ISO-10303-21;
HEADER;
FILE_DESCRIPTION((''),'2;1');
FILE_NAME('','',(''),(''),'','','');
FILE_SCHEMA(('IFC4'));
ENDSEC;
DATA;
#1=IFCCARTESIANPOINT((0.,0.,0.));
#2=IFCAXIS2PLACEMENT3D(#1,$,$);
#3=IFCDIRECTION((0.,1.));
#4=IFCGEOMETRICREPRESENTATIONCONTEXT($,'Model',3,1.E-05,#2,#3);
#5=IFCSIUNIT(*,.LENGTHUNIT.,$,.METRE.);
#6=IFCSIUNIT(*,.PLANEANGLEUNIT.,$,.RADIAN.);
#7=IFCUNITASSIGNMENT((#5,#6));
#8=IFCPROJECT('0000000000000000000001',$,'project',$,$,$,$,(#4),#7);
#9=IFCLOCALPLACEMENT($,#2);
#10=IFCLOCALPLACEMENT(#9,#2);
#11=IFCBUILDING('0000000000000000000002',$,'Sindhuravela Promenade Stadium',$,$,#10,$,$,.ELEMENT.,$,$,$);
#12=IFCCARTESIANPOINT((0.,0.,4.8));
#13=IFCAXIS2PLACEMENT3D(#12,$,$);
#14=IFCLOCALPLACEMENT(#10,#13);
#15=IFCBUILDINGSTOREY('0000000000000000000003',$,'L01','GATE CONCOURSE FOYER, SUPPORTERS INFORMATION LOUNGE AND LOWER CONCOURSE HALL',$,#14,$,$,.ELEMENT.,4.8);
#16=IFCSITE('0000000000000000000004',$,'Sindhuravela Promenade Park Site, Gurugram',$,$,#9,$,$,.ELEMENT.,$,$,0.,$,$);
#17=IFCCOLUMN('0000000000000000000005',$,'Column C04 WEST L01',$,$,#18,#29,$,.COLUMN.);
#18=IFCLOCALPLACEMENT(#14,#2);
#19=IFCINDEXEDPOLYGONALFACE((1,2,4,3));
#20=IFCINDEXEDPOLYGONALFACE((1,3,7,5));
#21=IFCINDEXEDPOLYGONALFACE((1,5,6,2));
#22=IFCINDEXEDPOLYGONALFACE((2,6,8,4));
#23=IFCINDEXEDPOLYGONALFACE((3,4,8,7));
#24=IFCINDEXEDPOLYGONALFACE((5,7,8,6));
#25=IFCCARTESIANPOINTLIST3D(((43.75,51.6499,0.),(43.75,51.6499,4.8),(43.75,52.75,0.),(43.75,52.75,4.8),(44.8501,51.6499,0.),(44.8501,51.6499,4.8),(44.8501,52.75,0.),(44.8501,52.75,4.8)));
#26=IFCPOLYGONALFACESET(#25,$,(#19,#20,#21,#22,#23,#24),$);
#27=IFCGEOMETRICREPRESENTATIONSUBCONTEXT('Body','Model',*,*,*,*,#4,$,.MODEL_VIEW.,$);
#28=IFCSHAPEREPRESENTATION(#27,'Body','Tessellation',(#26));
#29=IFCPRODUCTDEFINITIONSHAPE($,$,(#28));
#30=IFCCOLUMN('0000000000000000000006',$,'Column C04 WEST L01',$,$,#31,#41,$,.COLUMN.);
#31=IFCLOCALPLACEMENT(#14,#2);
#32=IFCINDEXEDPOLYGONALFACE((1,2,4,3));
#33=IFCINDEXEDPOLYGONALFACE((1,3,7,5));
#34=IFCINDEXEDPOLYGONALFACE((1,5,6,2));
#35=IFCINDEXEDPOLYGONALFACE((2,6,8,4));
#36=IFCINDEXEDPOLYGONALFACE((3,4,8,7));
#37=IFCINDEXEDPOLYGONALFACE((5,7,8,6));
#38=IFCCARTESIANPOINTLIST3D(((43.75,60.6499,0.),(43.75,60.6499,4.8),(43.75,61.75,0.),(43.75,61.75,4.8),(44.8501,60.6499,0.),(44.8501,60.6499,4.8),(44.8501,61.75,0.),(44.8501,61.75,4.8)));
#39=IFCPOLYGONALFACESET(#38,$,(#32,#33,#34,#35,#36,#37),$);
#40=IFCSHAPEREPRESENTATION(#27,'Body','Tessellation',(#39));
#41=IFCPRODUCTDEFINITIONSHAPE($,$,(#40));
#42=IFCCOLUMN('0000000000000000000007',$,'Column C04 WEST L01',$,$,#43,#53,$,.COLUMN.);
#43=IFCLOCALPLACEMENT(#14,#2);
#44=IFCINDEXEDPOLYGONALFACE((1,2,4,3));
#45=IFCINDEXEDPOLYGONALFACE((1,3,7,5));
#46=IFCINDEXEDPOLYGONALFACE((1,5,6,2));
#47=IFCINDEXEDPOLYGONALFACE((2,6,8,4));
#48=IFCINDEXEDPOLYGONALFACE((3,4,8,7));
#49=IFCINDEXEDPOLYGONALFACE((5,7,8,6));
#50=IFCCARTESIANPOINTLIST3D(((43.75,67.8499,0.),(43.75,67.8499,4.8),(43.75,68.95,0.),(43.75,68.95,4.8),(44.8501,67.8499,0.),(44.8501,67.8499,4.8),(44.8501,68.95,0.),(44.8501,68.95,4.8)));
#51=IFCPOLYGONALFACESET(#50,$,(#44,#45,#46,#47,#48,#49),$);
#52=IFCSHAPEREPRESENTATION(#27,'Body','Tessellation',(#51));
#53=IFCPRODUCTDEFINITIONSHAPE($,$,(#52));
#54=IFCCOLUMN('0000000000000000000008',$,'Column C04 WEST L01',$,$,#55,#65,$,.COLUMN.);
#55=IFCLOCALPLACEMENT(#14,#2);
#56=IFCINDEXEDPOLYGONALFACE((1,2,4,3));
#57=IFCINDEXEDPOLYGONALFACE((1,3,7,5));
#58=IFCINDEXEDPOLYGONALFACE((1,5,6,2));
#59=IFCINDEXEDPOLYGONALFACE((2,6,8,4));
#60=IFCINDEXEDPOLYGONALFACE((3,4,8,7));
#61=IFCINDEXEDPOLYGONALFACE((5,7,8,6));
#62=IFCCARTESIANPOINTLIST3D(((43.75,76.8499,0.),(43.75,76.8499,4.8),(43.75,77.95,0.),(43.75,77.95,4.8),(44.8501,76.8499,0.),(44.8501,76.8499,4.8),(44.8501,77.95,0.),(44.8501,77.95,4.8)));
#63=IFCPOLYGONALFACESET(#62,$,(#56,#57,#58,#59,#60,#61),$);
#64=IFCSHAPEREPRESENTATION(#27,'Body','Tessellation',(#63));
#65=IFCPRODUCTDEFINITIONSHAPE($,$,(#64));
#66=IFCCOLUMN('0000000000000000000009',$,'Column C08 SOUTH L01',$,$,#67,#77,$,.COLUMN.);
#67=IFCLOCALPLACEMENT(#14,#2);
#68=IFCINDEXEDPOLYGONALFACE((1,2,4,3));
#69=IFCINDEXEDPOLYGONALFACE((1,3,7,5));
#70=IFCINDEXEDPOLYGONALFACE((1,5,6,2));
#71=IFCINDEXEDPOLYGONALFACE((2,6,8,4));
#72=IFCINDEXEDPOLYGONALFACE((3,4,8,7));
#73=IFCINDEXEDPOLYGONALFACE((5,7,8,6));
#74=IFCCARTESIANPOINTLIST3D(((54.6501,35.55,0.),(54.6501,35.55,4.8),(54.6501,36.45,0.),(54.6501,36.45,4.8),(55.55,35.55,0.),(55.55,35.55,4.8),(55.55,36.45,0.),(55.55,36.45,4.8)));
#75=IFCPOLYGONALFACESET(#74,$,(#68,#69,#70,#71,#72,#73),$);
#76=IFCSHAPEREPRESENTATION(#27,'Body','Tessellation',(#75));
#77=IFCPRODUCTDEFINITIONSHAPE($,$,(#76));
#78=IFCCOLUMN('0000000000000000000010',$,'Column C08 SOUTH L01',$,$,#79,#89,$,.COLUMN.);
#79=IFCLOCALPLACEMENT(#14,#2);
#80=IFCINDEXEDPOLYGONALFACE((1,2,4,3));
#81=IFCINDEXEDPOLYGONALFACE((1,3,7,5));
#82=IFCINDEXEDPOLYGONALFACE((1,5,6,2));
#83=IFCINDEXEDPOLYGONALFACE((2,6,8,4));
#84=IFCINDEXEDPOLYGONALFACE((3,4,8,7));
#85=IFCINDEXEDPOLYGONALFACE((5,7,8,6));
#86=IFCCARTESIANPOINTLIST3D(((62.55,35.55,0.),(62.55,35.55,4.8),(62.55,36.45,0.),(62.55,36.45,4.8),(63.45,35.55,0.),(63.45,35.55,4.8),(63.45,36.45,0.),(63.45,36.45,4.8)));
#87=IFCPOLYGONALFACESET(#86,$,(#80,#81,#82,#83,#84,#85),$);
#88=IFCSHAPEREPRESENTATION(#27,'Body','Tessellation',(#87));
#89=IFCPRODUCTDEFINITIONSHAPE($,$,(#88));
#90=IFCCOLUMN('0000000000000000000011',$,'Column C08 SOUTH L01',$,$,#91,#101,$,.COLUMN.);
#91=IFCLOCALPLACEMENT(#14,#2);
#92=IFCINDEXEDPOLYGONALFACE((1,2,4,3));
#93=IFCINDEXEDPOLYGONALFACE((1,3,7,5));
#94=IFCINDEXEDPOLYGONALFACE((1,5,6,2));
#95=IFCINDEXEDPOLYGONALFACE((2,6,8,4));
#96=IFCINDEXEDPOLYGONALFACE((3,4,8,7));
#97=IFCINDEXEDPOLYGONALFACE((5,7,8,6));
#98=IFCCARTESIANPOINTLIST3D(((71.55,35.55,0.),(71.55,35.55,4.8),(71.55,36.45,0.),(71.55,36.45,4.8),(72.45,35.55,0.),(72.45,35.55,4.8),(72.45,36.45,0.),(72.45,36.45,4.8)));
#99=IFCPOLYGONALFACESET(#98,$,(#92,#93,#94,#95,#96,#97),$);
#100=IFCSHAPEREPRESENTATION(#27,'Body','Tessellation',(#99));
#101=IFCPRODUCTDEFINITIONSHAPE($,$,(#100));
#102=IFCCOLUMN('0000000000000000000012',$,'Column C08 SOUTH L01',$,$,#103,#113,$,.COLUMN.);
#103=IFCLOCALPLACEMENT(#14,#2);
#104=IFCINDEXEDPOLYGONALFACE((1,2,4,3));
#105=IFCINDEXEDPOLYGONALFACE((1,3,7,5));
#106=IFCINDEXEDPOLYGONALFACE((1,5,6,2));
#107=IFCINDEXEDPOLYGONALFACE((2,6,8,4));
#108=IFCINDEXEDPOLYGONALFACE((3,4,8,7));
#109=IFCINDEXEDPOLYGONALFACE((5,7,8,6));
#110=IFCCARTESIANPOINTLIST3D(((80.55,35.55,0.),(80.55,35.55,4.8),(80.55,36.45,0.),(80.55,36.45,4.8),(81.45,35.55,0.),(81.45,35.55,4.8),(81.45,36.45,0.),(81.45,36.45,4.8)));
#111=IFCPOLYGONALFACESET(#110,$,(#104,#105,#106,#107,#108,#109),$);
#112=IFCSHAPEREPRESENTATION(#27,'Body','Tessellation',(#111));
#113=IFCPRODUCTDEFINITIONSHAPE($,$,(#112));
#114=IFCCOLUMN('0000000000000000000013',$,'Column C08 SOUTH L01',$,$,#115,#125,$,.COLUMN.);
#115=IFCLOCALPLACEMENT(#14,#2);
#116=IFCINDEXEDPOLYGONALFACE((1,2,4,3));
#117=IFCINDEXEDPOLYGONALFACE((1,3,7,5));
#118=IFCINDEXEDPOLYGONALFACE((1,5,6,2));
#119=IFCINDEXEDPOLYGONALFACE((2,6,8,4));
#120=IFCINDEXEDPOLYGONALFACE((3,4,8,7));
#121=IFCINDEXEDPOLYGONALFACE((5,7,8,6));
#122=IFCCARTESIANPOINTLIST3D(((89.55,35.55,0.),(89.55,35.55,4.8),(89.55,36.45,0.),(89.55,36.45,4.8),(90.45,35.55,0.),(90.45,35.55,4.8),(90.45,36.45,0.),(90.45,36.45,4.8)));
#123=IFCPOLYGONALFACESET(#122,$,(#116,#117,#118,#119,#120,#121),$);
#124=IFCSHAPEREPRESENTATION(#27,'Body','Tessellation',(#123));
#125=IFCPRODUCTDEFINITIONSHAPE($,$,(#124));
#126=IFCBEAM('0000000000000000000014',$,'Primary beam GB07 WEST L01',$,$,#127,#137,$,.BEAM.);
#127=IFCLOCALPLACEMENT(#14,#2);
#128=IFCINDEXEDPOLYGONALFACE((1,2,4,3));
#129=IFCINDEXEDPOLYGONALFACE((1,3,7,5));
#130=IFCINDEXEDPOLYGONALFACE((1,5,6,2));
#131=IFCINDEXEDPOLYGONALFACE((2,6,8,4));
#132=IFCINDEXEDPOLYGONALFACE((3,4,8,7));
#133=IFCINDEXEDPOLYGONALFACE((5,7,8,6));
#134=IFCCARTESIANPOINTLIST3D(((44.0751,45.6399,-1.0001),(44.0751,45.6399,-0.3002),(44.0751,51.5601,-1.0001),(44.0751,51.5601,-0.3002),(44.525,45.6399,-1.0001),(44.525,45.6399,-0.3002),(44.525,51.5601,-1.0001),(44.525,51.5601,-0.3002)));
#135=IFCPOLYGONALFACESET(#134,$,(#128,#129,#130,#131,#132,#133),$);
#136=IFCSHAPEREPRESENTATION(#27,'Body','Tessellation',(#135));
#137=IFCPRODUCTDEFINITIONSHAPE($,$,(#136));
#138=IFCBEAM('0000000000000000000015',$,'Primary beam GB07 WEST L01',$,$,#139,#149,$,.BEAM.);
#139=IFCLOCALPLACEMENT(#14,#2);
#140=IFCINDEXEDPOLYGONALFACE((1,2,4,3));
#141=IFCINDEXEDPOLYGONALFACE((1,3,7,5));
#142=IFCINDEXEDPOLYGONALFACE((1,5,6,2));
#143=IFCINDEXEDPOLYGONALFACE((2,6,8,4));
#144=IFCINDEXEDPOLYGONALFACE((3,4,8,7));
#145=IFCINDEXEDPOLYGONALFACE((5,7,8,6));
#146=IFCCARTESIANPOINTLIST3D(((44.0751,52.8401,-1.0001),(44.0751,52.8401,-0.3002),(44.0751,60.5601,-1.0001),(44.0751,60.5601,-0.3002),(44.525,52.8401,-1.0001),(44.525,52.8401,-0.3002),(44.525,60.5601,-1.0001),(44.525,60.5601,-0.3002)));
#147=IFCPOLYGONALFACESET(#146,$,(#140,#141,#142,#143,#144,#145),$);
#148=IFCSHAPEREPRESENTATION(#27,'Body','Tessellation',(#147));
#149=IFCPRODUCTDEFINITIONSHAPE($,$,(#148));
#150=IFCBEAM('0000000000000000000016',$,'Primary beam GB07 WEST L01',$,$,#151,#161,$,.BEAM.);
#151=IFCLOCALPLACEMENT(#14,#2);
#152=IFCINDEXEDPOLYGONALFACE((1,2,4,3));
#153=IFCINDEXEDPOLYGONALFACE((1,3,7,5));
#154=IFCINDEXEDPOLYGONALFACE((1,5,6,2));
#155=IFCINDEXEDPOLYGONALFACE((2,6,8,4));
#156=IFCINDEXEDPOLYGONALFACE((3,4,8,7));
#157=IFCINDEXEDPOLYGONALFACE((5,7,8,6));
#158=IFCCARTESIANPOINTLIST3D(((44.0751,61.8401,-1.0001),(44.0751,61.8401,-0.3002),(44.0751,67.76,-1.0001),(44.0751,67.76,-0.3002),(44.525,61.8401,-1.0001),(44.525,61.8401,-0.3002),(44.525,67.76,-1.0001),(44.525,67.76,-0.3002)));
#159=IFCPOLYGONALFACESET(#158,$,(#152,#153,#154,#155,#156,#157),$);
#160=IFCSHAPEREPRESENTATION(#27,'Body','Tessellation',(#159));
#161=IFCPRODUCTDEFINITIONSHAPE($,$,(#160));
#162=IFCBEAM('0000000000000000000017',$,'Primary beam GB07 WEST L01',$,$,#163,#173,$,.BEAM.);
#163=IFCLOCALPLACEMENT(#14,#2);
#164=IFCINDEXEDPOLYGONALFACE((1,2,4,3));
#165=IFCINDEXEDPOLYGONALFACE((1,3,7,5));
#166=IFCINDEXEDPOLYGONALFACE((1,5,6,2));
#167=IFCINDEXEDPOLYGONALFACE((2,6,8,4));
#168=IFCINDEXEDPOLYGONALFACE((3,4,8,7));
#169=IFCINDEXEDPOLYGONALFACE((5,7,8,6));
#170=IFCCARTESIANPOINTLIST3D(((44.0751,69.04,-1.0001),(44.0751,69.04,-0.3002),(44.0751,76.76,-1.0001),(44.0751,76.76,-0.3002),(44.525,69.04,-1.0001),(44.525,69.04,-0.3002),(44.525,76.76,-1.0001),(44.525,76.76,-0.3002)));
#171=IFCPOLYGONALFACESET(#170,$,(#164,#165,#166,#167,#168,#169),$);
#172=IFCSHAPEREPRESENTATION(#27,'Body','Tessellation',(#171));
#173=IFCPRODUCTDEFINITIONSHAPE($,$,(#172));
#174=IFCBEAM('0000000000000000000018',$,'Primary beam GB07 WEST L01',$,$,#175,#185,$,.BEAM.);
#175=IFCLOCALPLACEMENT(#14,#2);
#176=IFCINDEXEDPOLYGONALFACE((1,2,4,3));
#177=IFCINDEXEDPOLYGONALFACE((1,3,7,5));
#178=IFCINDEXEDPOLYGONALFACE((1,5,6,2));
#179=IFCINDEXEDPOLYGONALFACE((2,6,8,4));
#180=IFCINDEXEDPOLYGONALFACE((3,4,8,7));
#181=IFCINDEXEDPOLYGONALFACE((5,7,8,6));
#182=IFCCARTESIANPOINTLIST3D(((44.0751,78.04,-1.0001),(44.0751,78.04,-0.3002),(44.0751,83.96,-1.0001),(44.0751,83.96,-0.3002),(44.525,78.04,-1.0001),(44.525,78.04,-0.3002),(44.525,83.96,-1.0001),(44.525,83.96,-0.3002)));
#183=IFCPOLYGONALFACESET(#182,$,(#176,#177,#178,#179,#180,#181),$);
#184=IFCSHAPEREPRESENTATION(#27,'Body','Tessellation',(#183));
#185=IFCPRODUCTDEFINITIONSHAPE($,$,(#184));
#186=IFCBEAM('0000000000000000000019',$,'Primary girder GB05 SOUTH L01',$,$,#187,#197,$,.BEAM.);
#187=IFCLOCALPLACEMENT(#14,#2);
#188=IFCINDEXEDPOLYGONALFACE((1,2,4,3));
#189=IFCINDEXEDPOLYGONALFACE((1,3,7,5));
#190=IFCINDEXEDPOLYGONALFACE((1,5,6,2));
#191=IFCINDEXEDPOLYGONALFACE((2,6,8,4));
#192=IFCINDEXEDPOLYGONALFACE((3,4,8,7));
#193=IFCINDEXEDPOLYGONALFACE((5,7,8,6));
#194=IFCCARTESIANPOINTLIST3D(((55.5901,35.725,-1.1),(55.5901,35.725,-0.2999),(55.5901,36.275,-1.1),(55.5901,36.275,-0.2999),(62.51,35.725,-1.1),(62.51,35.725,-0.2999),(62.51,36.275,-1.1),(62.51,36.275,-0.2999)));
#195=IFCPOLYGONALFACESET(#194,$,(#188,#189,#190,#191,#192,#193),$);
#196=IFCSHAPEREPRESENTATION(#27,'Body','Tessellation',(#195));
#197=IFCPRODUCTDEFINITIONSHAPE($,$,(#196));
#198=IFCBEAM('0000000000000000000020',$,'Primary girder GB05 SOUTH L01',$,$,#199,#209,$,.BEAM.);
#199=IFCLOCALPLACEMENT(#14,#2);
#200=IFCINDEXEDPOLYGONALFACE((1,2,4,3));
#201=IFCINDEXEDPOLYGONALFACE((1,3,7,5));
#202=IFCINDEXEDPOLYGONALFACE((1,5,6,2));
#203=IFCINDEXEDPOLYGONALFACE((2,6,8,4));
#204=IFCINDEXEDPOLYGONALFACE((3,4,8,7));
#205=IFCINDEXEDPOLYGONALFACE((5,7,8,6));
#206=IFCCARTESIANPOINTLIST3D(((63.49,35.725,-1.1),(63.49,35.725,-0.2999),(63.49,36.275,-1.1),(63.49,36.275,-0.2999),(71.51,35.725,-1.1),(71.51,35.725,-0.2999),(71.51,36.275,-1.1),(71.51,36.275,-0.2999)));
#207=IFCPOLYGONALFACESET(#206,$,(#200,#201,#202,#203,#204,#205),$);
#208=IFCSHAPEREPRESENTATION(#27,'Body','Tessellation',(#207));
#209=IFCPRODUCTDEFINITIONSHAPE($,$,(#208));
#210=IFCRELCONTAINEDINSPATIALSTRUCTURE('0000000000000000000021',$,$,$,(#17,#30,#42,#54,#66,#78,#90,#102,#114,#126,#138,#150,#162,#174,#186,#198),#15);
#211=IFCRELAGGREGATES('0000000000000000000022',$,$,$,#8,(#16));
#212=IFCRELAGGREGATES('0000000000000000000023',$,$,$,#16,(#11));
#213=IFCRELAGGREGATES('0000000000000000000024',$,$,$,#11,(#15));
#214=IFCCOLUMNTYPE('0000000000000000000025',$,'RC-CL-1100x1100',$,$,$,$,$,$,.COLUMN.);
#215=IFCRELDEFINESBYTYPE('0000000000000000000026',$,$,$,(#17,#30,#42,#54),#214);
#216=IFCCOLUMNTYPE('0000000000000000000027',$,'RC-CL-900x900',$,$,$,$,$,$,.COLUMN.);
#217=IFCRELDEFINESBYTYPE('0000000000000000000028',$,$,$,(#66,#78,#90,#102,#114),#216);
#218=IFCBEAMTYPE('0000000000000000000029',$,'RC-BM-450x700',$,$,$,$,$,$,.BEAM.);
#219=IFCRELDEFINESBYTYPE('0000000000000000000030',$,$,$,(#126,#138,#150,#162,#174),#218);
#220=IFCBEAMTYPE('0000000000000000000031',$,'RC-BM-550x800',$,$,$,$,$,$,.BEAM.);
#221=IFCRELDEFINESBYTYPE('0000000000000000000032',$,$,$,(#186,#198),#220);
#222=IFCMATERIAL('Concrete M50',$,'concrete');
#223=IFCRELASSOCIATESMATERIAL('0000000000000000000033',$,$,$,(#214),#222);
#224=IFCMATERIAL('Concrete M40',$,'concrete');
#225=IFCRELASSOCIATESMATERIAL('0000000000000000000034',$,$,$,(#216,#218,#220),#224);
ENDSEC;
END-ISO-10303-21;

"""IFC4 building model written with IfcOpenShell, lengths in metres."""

from ifc_helpers import new_model, si_unit, direction, frame, origin, origin_2d, place, context, subcontext, project, spatial, rectangle, extrude, material, material_profile, profile_set, type_object, element, save


model = new_model("IFC4")

# Units and contexts
model_context = context("Model", 3, precision=1e-05, world=origin(), true_north=direction((0.0, 1.0)))
body_context = subcontext(model_context, "Body", "Model", "MODEL_VIEW")
ifc_project = project(units=[si_unit("LENGTHUNIT", "METRE"), si_unit("PLANEANGLEUNIT", "RADIAN")], contexts=[model_context])

# Site, building, storey
site_placement = place(None, origin())
site = spatial("IfcSite", under=ifc_project, at=site_placement, Name="Sindhuravela Promenade Park Site, Gurugram", CompositionType="ELEMENT", RefElevation=0.0)
building_placement = place(site_placement, origin())
building = spatial("IfcBuilding", under=site, at=building_placement, Name="Sindhuravela Promenade Stadium", CompositionType="ELEMENT")
storey_placement = place(building_placement, frame((0.0, 0.0, 4.8)))
storey = spatial("IfcBuildingStorey", under=building, at=storey_placement, Name="L01", Description="GATE CONCOURSE FOYER, SUPPORTERS INFORMATION LOUNGE AND LOWER CONCOURSE HALL", CompositionType="ELEMENT", Elevation=4.8)

# Columns
ifc_material_1 = material(Name="Concrete M50", Category="concrete")
ifc_material_profile_1 = material_profile(ifc_material_1, rectangle(XDim=1.1001, YDim=1.1001, at=origin_2d()), Name="RC 1100x1100")
ifc_profile_set_1 = profile_set([ifc_material_profile_1], Name="Concrete M50")
column_type_1 = type_object("IfcColumnType", Name="RC-CL-1100x1100", PredefinedType="COLUMN", material=ifc_profile_set_1)
for number, where, z_axis, x_axis, name in (
    (1, (44.3, 52.2, 0.0), (0.0, 0.0, 1.0), (1.0, 0.0, 0.0), "Column C04 WEST L01"),
    (2, (44.3, 61.2, 0.0), (0.0, 0.0, 1.0), (1.0, 0.0, 0.0), "Column C04 WEST L01"),
    (3, (44.3, 68.3999, 0.0), (0.0, 0.0, 1.0), (1.0, 0.0, 0.0), "Column C04 WEST L01"),
    (4, (44.3, 77.3999, 0.0), (0.0, 0.0, 1.0), (1.0, 0.0, 0.0), "Column C04 WEST L01"),
):
    element("IfcColumn", number, at=place(storey_placement, frame(where, z_axis=z_axis, x_axis=x_axis)), inside=storey, type_object=column_type_1, Name=name, PredefinedType="COLUMN", context=body_context, shape_type="SweptSolid", body=[
        extrude(rectangle(XDim=1.1001, YDim=1.1001, at=origin_2d()), origin(), (0.0, 0.0, 1.0), 4.8),
    ])
ifc_material_2 = material(Name="Concrete M40", Category="concrete")
ifc_material_profile_2 = material_profile(ifc_material_2, rectangle(XDim=0.8999, YDim=0.8999, at=origin_2d()), Name="RC 900x900")
ifc_profile_set_2 = profile_set([ifc_material_profile_2], Name="Concrete M40")
column_type_2 = type_object("IfcColumnType", Name="RC-CL-900x900", PredefinedType="COLUMN", material=ifc_profile_set_2)
for number, where, z_axis, x_axis, name in (
    (5, (55.1001, 36.0, 0.0), (0.0, 0.0, 1.0), (1.0, 0.0, 0.0), "Column C08 SOUTH L01"),
    (6, (63.0, 36.0, 0.0), (0.0, 0.0, 1.0), (1.0, 0.0, 0.0), "Column C08 SOUTH L01"),
    (7, (72.0, 36.0, 0.0), (0.0, 0.0, 1.0), (1.0, 0.0, 0.0), "Column C08 SOUTH L01"),
    (8, (81.0, 36.0, 0.0), (0.0, 0.0, 1.0), (1.0, 0.0, 0.0), "Column C08 SOUTH L01"),
    (9, (90.0, 36.0, 0.0), (0.0, 0.0, 1.0), (1.0, 0.0, 0.0), "Column C08 SOUTH L01"),
):
    element("IfcColumn", number, at=place(storey_placement, frame(where, z_axis=z_axis, x_axis=x_axis)), inside=storey, type_object=column_type_2, Name=name, PredefinedType="COLUMN", context=body_context, shape_type="SweptSolid", body=[
        extrude(rectangle(XDim=0.8999, YDim=0.8999, at=origin_2d()), origin(), (0.0, 0.0, 1.0), 4.8),
    ])

# Beams
ifc_material_profile_3 = material_profile(ifc_material_2, rectangle(XDim=0.45, YDim=0.7, at=origin_2d()), Name="RC 450x700")
ifc_profile_set_3 = profile_set([ifc_material_profile_3], Name="Concrete M40")
beam_type_1 = type_object("IfcBeamType", Name="RC-BM-450x700", PredefinedType="BEAM", material=ifc_profile_set_3)
beam_1_placement = place(storey_placement, frame((44.3, 45.6399, -0.6501), z_axis=(0.0, 1.0, 0.0), x_axis=(-1.0, 0.0, 0.0)))
element("IfcBeam", 10, at=beam_1_placement, inside=storey, type_object=beam_type_1, Name="Primary beam GB07 WEST L01", PredefinedType="BEAM", context=body_context, shape_type="SweptSolid", body=[
    extrude(rectangle(XDim=0.45, YDim=0.7, at=origin_2d()), origin(), (0.0, 0.0, 1.0), 5.9202),
])
beam_2_placement = place(storey_placement, frame((44.3, 52.8401, -0.6501), z_axis=(0.0, 1.0, 0.0), x_axis=(-1.0, 0.0, 0.0)))
element("IfcBeam", 11, at=beam_2_placement, inside=storey, type_object=beam_type_1, Name="Primary beam GB07 WEST L01", PredefinedType="BEAM", context=body_context, shape_type="SweptSolid", body=[
    extrude(rectangle(XDim=0.45, YDim=0.7, at=origin_2d()), origin(), (0.0, 0.0, 1.0), 7.72),
])
beam_3_placement = place(storey_placement, frame((44.3, 61.8401, -0.6501), z_axis=(0.0, 1.0, 0.0), x_axis=(-1.0, 0.0, 0.0)))
element("IfcBeam", 12, at=beam_3_placement, inside=storey, type_object=beam_type_1, Name="Primary beam GB07 WEST L01", PredefinedType="BEAM", context=body_context, shape_type="SweptSolid", body=[
    extrude(rectangle(XDim=0.45, YDim=0.7, at=origin_2d()), origin(), (0.0, 0.0, 1.0), 5.9199),
])
beam_4_placement = place(storey_placement, frame((44.3, 69.04, -0.6501), z_axis=(0.0, 1.0, 0.0), x_axis=(-1.0, 0.0, 0.0)))
element("IfcBeam", 13, at=beam_4_placement, inside=storey, type_object=beam_type_1, Name="Primary beam GB07 WEST L01", PredefinedType="BEAM", context=body_context, shape_type="SweptSolid", body=[
    extrude(rectangle(XDim=0.45, YDim=0.7, at=origin_2d()), origin(), (0.0, 0.0, 1.0), 7.72),
])
beam_5_placement = place(storey_placement, frame((44.3, 78.04, -0.6501), z_axis=(0.0, 1.0, 0.0), x_axis=(-1.0, 0.0, 0.0)))
element("IfcBeam", 14, at=beam_5_placement, inside=storey, type_object=beam_type_1, Name="Primary beam GB07 WEST L01", PredefinedType="BEAM", context=body_context, shape_type="SweptSolid", body=[
    extrude(rectangle(XDim=0.45, YDim=0.7, at=origin_2d()), origin(), (0.0, 0.0, 1.0), 5.9199),
])
ifc_material_profile_4 = material_profile(ifc_material_2, rectangle(XDim=0.55, YDim=0.8, at=origin_2d()), Name="RC 550x800")
ifc_profile_set_4 = profile_set([ifc_material_profile_4], Name="Concrete M40")
beam_type_2 = type_object("IfcBeamType", Name="RC-BM-550x800", PredefinedType="BEAM", material=ifc_profile_set_4)
beam_6_placement = place(storey_placement, frame((55.5901, 36.0, -0.7), z_axis=(1.0, 0.0, 0.0), x_axis=(0.0, 1.0, 0.0)))
element("IfcBeam", 15, at=beam_6_placement, inside=storey, type_object=beam_type_2, Name="Primary girder GB05 SOUTH L01", PredefinedType="BEAM", context=body_context, shape_type="SweptSolid", body=[
    extrude(rectangle(XDim=0.55, YDim=0.8, at=origin_2d()), origin(), (0.0, 0.0, 1.0), 6.9199),
])
for number, where, z_axis, x_axis, name in (
    (16, (63.49, 36.0, -0.7), (1.0, 0.0, 0.0), (0.0, 1.0, 0.0), "Primary girder GB05 SOUTH L01"),
):
    element("IfcBeam", number, at=place(storey_placement, frame(where, z_axis=z_axis, x_axis=x_axis)), inside=storey, type_object=beam_type_2, Name=name, PredefinedType="BEAM", context=body_context, shape_type="SweptSolid", body=[
        extrude(rectangle(XDim=0.55, YDim=0.8, at=origin_2d()), origin(), (0.0, 0.0, 1.0), 8.02),
    ])

save(model, "model.ifc")
